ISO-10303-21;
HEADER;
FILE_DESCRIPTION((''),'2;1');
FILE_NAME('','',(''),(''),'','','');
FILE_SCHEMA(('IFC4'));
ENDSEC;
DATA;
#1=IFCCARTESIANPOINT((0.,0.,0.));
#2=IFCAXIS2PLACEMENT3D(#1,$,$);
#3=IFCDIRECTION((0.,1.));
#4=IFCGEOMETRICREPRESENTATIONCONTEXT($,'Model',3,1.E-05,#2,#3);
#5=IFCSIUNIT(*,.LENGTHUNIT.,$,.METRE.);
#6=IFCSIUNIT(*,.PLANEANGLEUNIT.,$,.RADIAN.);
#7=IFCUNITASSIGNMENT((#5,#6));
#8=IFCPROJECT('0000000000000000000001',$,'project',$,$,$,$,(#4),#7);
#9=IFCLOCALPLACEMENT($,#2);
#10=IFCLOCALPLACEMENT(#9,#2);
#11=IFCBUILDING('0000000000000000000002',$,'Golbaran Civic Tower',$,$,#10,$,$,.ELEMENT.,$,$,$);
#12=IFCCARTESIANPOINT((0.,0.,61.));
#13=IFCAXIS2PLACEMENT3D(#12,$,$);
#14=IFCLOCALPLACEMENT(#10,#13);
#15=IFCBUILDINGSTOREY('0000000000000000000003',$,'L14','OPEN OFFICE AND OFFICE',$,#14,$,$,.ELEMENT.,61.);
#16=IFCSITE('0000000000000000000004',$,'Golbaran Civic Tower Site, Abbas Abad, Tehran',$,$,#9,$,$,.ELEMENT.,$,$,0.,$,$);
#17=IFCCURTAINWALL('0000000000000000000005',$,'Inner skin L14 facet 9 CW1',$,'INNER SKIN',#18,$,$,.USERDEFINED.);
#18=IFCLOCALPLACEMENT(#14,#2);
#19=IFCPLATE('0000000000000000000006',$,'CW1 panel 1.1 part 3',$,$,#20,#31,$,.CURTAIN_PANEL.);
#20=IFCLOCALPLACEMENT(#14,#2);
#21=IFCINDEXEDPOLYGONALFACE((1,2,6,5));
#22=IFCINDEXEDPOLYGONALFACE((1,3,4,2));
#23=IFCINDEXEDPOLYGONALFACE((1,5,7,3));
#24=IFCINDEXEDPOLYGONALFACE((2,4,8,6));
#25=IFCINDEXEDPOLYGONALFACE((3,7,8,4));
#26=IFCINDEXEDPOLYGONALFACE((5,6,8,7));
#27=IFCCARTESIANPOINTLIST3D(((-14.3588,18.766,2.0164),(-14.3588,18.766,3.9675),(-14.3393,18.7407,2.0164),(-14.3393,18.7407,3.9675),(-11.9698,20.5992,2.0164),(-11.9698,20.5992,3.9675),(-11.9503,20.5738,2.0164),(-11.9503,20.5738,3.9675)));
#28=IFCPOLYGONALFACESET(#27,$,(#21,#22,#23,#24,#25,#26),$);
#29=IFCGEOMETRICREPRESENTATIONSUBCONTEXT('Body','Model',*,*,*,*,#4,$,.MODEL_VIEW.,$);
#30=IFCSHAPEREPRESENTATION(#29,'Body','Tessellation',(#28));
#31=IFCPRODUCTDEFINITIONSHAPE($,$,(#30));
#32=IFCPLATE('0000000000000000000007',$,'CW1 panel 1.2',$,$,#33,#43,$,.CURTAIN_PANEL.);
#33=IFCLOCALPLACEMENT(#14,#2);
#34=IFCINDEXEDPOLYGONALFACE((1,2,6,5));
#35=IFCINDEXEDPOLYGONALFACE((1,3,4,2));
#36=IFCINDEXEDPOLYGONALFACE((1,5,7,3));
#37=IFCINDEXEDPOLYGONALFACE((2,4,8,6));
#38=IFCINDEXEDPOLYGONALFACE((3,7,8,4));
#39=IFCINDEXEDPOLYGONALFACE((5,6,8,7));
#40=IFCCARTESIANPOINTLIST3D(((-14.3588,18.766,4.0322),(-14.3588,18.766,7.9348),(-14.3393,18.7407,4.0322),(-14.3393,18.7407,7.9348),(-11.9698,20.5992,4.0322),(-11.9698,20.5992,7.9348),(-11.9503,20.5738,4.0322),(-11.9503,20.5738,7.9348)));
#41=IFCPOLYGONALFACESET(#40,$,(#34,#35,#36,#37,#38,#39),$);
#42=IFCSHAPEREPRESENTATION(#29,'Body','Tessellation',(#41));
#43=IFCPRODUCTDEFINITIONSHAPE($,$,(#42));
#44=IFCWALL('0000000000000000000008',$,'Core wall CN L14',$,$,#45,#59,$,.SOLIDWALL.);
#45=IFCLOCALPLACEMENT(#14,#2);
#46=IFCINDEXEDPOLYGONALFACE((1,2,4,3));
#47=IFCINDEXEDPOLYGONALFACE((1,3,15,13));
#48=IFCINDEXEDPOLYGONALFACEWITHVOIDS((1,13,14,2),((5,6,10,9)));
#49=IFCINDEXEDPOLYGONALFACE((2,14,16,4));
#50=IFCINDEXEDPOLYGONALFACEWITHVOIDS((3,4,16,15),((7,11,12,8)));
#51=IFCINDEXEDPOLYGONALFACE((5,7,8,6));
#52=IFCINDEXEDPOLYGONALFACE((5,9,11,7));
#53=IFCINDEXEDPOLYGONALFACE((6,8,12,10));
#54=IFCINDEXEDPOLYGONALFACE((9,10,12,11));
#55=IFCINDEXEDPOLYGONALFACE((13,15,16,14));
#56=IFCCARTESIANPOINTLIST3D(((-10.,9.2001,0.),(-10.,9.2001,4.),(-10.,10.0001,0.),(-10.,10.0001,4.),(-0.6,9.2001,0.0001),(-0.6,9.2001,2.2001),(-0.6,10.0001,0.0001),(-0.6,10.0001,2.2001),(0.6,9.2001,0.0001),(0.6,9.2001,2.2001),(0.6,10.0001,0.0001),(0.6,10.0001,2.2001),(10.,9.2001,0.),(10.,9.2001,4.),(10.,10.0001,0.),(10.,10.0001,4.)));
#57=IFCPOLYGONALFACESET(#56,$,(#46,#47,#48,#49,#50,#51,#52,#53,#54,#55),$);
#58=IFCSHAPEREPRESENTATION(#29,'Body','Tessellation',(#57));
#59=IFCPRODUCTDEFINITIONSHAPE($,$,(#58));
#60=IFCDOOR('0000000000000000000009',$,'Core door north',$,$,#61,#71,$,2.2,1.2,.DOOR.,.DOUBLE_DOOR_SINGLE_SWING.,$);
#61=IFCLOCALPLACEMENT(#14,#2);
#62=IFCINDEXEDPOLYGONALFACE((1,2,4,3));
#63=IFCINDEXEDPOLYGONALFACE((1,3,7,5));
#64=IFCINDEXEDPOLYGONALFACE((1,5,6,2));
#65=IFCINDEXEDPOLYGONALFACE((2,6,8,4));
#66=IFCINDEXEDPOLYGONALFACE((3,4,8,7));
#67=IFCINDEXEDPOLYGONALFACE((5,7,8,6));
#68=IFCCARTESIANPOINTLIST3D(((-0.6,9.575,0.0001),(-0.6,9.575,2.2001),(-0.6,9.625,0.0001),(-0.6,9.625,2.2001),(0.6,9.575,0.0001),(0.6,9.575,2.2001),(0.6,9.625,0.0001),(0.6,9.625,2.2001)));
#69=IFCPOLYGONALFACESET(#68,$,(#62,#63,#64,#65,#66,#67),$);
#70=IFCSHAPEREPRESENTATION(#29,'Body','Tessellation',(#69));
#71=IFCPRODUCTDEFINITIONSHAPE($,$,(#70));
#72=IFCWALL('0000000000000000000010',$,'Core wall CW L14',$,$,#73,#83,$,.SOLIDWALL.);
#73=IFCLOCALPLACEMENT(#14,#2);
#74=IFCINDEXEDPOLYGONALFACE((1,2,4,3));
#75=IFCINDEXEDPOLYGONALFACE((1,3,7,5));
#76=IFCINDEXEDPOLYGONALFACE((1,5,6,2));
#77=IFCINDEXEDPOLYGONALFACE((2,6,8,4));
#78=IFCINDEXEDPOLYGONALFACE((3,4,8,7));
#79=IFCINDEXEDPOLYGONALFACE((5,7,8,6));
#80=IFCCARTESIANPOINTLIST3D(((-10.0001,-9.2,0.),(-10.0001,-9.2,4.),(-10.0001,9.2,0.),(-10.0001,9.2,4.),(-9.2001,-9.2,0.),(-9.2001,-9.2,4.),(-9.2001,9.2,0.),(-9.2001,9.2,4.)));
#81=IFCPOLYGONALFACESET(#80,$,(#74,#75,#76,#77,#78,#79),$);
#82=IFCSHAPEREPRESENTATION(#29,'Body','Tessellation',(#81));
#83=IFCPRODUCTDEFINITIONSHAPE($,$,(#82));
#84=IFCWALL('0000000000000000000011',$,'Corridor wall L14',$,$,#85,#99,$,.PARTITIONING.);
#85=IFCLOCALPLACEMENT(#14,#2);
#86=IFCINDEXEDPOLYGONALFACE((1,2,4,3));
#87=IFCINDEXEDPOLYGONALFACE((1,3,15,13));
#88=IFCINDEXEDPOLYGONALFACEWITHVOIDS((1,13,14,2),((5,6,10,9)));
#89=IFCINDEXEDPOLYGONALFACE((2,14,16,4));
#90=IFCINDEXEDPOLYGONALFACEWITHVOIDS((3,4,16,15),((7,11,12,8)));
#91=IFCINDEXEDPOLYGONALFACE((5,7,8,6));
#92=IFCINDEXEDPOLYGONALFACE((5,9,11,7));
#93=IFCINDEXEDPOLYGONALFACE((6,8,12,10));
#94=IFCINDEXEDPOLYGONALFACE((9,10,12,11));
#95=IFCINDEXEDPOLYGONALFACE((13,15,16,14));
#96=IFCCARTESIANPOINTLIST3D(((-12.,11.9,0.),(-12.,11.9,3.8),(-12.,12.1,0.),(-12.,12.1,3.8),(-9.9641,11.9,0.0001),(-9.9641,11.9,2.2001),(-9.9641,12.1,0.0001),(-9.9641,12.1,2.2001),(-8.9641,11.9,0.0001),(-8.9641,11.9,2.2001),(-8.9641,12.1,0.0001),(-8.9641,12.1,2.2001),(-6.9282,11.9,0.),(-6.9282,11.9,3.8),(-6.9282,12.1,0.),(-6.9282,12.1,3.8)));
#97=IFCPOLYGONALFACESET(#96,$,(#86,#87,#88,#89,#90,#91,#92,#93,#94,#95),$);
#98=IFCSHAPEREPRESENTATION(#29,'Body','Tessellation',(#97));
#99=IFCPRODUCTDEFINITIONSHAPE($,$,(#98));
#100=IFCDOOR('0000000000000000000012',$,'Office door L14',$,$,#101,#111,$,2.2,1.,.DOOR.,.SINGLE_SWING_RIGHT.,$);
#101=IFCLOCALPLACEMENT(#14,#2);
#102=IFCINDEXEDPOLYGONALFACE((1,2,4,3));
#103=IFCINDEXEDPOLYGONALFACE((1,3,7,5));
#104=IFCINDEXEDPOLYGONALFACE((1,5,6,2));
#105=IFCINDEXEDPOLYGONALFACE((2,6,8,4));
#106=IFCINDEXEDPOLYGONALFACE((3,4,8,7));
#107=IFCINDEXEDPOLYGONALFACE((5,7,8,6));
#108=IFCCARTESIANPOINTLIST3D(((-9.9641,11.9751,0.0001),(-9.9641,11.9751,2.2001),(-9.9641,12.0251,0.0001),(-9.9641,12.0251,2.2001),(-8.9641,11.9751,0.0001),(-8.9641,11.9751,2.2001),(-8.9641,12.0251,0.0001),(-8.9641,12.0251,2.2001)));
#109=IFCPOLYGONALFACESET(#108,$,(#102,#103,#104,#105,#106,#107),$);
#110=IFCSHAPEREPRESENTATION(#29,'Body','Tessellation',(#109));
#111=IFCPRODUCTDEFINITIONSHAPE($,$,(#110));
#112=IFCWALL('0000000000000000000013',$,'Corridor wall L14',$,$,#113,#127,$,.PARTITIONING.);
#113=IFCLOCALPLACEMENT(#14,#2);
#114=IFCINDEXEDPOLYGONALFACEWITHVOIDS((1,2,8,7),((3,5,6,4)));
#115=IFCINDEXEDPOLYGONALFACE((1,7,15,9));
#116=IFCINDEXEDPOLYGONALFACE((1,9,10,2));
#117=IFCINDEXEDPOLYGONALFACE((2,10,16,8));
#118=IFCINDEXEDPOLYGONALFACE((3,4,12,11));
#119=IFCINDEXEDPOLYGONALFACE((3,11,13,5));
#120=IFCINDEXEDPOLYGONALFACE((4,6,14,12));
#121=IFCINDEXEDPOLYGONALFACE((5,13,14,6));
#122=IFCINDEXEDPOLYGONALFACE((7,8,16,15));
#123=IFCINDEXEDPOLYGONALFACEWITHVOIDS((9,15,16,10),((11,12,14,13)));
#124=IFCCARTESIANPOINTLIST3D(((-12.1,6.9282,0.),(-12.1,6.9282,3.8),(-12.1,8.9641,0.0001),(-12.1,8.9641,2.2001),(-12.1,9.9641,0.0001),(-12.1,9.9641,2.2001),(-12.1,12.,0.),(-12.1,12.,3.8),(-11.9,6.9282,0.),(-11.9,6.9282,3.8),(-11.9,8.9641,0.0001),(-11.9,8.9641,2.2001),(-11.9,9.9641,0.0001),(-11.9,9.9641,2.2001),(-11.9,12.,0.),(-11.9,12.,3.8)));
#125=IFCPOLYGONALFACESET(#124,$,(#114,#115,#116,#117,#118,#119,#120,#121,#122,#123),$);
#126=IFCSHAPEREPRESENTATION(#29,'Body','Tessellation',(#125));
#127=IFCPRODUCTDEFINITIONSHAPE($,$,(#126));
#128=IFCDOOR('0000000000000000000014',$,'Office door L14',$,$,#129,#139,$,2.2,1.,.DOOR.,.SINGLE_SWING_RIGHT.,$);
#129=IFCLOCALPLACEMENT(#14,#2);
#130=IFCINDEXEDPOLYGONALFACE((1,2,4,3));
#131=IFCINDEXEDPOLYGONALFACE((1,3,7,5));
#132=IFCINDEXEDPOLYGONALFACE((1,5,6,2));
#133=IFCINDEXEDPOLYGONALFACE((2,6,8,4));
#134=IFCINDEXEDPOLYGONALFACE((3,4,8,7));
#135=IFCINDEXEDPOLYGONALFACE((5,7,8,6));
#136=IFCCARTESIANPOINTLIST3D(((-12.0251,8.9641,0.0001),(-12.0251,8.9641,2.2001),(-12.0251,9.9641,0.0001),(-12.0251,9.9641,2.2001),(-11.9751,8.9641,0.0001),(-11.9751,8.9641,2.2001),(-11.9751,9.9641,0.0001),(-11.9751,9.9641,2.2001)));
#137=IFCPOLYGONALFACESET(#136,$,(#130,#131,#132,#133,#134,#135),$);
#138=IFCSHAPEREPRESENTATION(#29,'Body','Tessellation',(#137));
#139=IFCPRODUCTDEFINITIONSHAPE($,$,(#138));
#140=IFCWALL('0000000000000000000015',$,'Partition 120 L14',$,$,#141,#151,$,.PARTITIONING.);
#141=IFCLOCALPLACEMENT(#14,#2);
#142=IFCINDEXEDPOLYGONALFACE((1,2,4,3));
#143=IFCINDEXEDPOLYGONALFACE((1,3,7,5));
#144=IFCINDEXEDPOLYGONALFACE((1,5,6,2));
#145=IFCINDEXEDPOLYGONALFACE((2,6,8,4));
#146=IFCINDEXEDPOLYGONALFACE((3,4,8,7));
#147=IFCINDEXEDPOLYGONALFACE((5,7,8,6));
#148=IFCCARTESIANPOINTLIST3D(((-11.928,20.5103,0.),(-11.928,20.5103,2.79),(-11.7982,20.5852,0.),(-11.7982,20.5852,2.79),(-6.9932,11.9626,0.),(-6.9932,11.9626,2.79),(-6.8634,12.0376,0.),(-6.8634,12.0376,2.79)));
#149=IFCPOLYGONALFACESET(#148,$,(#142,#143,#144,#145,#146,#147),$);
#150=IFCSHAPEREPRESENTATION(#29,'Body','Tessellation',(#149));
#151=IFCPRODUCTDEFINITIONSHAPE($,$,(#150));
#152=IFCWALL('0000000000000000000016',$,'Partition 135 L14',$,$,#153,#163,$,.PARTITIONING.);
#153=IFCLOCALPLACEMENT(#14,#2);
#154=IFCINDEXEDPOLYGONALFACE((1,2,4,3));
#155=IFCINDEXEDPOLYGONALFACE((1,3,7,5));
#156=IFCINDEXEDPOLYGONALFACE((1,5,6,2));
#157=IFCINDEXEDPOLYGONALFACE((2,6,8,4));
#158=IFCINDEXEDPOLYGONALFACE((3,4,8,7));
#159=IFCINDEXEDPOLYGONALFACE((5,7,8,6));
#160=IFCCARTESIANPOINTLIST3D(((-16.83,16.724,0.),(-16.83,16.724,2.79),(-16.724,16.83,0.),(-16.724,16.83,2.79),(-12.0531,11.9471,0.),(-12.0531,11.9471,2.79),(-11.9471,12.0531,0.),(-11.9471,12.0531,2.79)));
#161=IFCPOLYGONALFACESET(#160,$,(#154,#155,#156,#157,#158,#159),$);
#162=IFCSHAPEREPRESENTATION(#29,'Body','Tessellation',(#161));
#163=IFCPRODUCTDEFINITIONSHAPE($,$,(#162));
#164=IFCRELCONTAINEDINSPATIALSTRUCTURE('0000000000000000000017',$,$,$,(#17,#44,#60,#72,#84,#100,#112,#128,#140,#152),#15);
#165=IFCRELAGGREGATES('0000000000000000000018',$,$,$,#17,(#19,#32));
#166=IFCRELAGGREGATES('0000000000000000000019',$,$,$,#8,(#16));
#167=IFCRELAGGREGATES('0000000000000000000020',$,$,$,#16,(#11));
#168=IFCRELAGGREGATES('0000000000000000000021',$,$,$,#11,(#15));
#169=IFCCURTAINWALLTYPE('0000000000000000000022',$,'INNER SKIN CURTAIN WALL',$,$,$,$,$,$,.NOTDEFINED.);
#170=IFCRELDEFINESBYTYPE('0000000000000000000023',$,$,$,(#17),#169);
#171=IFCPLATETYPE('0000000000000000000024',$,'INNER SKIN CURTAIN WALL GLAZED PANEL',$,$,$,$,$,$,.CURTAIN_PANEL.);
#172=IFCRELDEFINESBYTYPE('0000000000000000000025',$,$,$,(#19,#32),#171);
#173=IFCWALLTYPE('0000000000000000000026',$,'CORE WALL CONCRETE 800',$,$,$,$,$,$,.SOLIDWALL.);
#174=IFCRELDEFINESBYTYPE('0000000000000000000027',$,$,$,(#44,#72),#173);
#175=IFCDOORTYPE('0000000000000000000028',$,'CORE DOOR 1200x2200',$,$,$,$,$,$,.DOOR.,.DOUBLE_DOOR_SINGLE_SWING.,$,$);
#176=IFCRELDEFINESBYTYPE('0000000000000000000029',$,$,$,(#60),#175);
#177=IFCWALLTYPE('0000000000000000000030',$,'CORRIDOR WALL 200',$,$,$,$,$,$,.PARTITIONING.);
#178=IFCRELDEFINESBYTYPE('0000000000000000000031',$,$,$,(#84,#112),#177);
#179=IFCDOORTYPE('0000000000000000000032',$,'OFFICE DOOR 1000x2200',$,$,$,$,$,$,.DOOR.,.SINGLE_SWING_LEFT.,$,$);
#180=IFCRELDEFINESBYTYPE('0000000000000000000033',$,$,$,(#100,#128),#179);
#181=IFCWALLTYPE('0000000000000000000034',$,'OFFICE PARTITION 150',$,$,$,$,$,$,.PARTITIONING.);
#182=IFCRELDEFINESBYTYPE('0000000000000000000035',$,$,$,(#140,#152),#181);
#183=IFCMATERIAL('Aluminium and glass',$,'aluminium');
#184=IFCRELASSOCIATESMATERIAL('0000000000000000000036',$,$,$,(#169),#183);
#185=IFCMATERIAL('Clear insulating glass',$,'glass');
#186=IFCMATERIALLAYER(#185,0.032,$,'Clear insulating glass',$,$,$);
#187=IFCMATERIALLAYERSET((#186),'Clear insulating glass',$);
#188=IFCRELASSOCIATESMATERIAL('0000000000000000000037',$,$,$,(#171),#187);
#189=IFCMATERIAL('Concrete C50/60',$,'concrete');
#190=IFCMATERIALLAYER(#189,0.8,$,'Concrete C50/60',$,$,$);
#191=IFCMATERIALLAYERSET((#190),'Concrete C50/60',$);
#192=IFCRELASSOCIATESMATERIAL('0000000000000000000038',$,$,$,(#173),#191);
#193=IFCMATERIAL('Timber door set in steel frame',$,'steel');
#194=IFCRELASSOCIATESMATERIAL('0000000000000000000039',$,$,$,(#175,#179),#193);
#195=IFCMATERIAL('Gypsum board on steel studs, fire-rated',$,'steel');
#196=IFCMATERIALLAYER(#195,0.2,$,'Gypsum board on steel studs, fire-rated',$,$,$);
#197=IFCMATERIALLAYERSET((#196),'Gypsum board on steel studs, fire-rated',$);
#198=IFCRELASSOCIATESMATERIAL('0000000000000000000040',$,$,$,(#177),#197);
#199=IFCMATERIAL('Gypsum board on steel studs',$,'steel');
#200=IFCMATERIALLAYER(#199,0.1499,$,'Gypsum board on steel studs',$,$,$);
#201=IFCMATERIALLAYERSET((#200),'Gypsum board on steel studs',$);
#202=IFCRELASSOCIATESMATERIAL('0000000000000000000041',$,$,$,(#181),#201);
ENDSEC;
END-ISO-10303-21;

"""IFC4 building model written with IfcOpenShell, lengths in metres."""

from ifc_helpers import new_model, si_unit, direction, frame, frame_2d, origin, origin_2d, place, context, subcontext, project, spatial, rectangle, extrude, material, layer, layer_set, type_object, element, fill, aggregate, save


model = new_model("IFC4")

# Units and contexts
model_context = context("Model", 3, precision=1e-05, world=origin(), true_north=direction((0.0, 1.0)))
body_context = subcontext(model_context, "Body", "Model", "MODEL_VIEW")
ifc_project = project(units=[si_unit("LENGTHUNIT", "METRE"), si_unit("PLANEANGLEUNIT", "RADIAN")], contexts=[model_context])

# Site, building, storey
site_placement = place(None, origin())
site = spatial("IfcSite", under=ifc_project, at=site_placement, Name="Golbaran Civic Tower Site, Abbas Abad, Tehran", CompositionType="ELEMENT", RefElevation=0.0)
building_placement = place(site_placement, origin())
building = spatial("IfcBuilding", under=site, at=building_placement, Name="Golbaran Civic Tower", CompositionType="ELEMENT")
storey_placement = place(building_placement, frame((0.0, 0.0, 61.0)))
storey = spatial("IfcBuildingStorey", under=building, at=storey_placement, Name="L14", Description="OPEN OFFICE AND OFFICE", CompositionType="ELEMENT", Elevation=61.0)

# Shared definitions
ifc_material_1 = material(Name="Aluminium and glass", Category="aluminium")
curtain_wall_type = type_object("IfcCurtainWallType", Name="INNER SKIN CURTAIN WALL", PredefinedType="NOTDEFINED", material=ifc_material_1)

# Curtain wall
curtain_wall_1_placement = place(storey_placement, origin())
curtain_wall_1 = element("IfcCurtainWall", 1, at=curtain_wall_1_placement, inside=storey, type_object=curtain_wall_type, Name="Inner skin L14 facet 9 CW1", ObjectType="INNER SKIN", PredefinedType="USERDEFINED")

# Plates
ifc_material_2 = material(Name="Clear insulating glass", Category="glass")
ifc_layer_1 = layer(ifc_material_2, 0.032, Name="Clear insulating glass")
ifc_layer_set_1 = layer_set([ifc_layer_1], Name="Clear insulating glass")
plate_type = type_object("IfcPlateType", Name="INNER SKIN CURTAIN WALL GLAZED PANEL", PredefinedType="CURTAIN_PANEL", material=ifc_layer_set_1)
plate_1_placement = place(storey_placement, frame((-13.1545, 19.6699, 2.0164), z_axis=(0.0, 0.0, 1.0), x_axis=(-0.793353, -0.608761, 0.0)))
plate_1 = element("IfcPlate", 2, at=plate_1_placement, type_object=plate_type, Name="CW1 panel 1.1 part 3", PredefinedType="CURTAIN_PANEL", context=body_context, shape_type="SweptSolid", body=[
    extrude(rectangle(XDim=3.0112, YDim=0.032, at=origin_2d()), origin(), (0.0, 0.0, 1.0), 1.9512),
])
plate_2_placement = place(storey_placement, frame((-13.1545, 19.6699, 4.0322), z_axis=(0.0, 0.0, 1.0), x_axis=(-0.793353, -0.608761, 0.0)))
plate_2 = element("IfcPlate", 3, at=plate_2_placement, type_object=plate_type, Name="CW1 panel 1.2", PredefinedType="CURTAIN_PANEL", context=body_context, shape_type="SweptSolid", body=[
    extrude(rectangle(XDim=3.0112, YDim=0.032, at=origin_2d()), origin(), (0.0, 0.0, 1.0), 3.9026),
])
aggregate(curtain_wall_1, [plate_1, plate_2])

# Wall, opening, door
ifc_material_3 = material(Name="Concrete C50/60", Category="concrete")
ifc_layer_2 = layer(ifc_material_3, 0.8, Name="Concrete C50/60")
ifc_layer_set_2 = layer_set([ifc_layer_2], Name="Concrete C50/60")
wall_type_1 = type_object("IfcWallType", Name="CORE WALL CONCRETE 800", PredefinedType="SOLIDWALL", material=ifc_layer_set_2)
wall_1_placement = place(storey_placement, frame((-10.0, 9.6001, 0.0), z_axis=(0.0, 0.0, 1.0), x_axis=(1.0, 0.0, 0.0)))
wall_1 = element("IfcWall", 4, at=wall_1_placement, inside=storey, type_object=wall_type_1, Name="Core wall CN L14", PredefinedType="SOLIDWALL", context=body_context, shape_type="SweptSolid", body=[
    extrude(rectangle(XDim=20.0, YDim=0.8, at=frame_2d((10.0, 0.0))), origin(), (0.0, 0.0, 1.0), 4.0),
])
opening_1_placement = place(wall_1_placement, frame((9.3999, 0.0, 0.0)))
opening_1 = element("IfcOpeningElement", 5, at=opening_1_placement, cuts=wall_1, PredefinedType="OPENING", context=body_context, shape_type="SweptSolid", body=[
    extrude(rectangle(XDim=1.2, YDim=2.2, at=frame_2d((0.6001, 1.1001))), frame((0.0, 0.4099, 0.0), z_axis=(0.0, -1.0, 0.0), x_axis=(1.0, 0.0, 0.0)), (0.0, 0.0, 1.0), 0.8201),
])
ifc_material_4 = material(Name="Timber door set in steel frame", Category="steel")
door_type_1 = type_object("IfcDoorType", Name="CORE DOOR 1200x2200", OperationType="DOUBLE_DOOR_SINGLE_SWING", PredefinedType="DOOR", material=ifc_material_4)
door_1_placement = place(opening_1_placement, origin())
door_1 = element("IfcDoor", 6, at=door_1_placement, inside=storey, type_object=door_type_1, Name="Core door north", OperationType="DOUBLE_DOOR_SINGLE_SWING", OverallHeight=2.2, OverallWidth=1.2, PredefinedType="DOOR", context=body_context, shape_type="SweptSolid", body=[
    extrude(rectangle(XDim=1.2, YDim=2.2, at=frame_2d((0.6001, 1.1001))), frame((0.0, 0.0249, 0.0), z_axis=(0.0, -1.0, 0.0), x_axis=(1.0, 0.0, 0.0)), (0.0, 0.0, 1.0), 0.05),
])
fill(opening_1, door_1)

# Wall
wall_2_placement = place(storey_placement, frame((-9.6001, 9.2, 0.0), z_axis=(0.0, 0.0, 1.0), x_axis=(0.0, -1.0, 0.0)))
element("IfcWall", 7, at=wall_2_placement, inside=storey, type_object=wall_type_1, Name="Core wall CW L14", PredefinedType="SOLIDWALL", context=body_context, shape_type="SweptSolid", body=[
    extrude(rectangle(XDim=18.3999, YDim=0.8, at=frame_2d((9.2, 0.0))), origin(), (0.0, 0.0, 1.0), 4.0),
])

# Walls, openings, doors
ifc_material_5 = material(Name="Gypsum board on steel studs, fire-rated", Category="steel")
ifc_layer_3 = layer(ifc_material_5, 0.2, Name="Gypsum board on steel studs, fire-rated")
ifc_layer_set_3 = layer_set([ifc_layer_3], Name="Gypsum board on steel studs, fire-rated")
wall_type_2 = type_object("IfcWallType", Name="CORRIDOR WALL 200", PredefinedType="PARTITIONING", material=ifc_layer_set_3)
wall_3_placement = place(storey_placement, frame((-6.9282, 12.0, 0.0), z_axis=(0.0, 0.0, 1.0), x_axis=(-1.0, 0.0, 0.0)))
wall_3 = element("IfcWall", 8, at=wall_3_placement, inside=storey, type_object=wall_type_2, Name="Corridor wall L14", PredefinedType="PARTITIONING", context=body_context, shape_type="SweptSolid", body=[
    extrude(rectangle(XDim=5.0718, YDim=0.2, at=frame_2d((2.5359, 0.0))), origin(), (0.0, 0.0, 1.0), 3.8),
])
opening_2_placement = place(wall_3_placement, frame((2.0359, 0.0, 0.0)))
opening_2 = element("IfcOpeningElement", 9, at=opening_2_placement, cuts=wall_3, PredefinedType="OPENING", context=body_context, shape_type="SweptSolid", body=[
    extrude(rectangle(XDim=1.0, YDim=2.2, at=frame_2d((0.5, 1.1001))), frame((0.0, 0.1099, 0.0), z_axis=(0.0, -1.0, 0.0), x_axis=(1.0, 0.0, 0.0)), (0.0, 0.0, 1.0), 0.22),
])
door_type_2 = type_object("IfcDoorType", Name="OFFICE DOOR 1000x2200", OperationType="SINGLE_SWING_LEFT", PredefinedType="DOOR", material=ifc_material_4)
door_2_placement = place(opening_2_placement, origin())
door_2 = element("IfcDoor", 10, at=door_2_placement, inside=storey, type_object=door_type_2, Name="Office door L14", OperationType="SINGLE_SWING_RIGHT", OverallHeight=2.2, OverallWidth=1.0, PredefinedType="DOOR", context=body_context, shape_type="SweptSolid", body=[
    extrude(rectangle(XDim=1.0, YDim=2.2, at=frame_2d((0.5, 1.1001))), frame((0.0, 0.0249, 0.0), z_axis=(0.0, -1.0, 0.0), x_axis=(1.0, 0.0, 0.0)), (0.0, 0.0, 1.0), 0.05),
])
fill(opening_2, door_2)
wall_4_placement = place(storey_placement, frame((-12.0, 12.0, 0.0), z_axis=(0.0, 0.0, 1.0), x_axis=(0.0, -1.0, 0.0)))
wall_4 = element("IfcWall", 11, at=wall_4_placement, inside=storey, type_object=wall_type_2, Name="Corridor wall L14", PredefinedType="PARTITIONING", context=body_context, shape_type="SweptSolid", body=[
    extrude(rectangle(XDim=5.0718, YDim=0.2, at=frame_2d((2.5359, 0.0))), origin(), (0.0, 0.0, 1.0), 3.8),
])
opening_3_placement = place(wall_4_placement, frame((2.0359, 0.0, 0.0)))
opening_3 = element("IfcOpeningElement", 12, at=opening_3_placement, cuts=wall_4, PredefinedType="OPENING", context=body_context, shape_type="SweptSolid", body=[
    extrude(rectangle(XDim=1.0, YDim=2.2, at=frame_2d((0.5, 1.1001))), frame((0.0, 0.1099, 0.0), z_axis=(0.0, -1.0, 0.0), x_axis=(1.0, 0.0, 0.0)), (0.0, 0.0, 1.0), 0.22),
])
door_3_placement = place(opening_3_placement, origin())
door_3 = element("IfcDoor", 13, at=door_3_placement, inside=storey, type_object=door_type_2, Name="Office door L14", OperationType="SINGLE_SWING_RIGHT", OverallHeight=2.2, OverallWidth=1.0, PredefinedType="DOOR", context=body_context, shape_type="SweptSolid", body=[
    extrude(rectangle(XDim=1.0, YDim=2.2, at=frame_2d((0.5, 1.1001))), frame((0.0, 0.0249, 0.0), z_axis=(0.0, -1.0, 0.0), x_axis=(1.0, 0.0, 0.0)), (0.0, 0.0, 1.0), 0.05),
])
fill(opening_3, door_3)

# Walls
ifc_material_6 = material(Name="Gypsum board on steel studs", Category="steel")
ifc_layer_4 = layer(ifc_material_6, 0.1499, Name="Gypsum board on steel studs")
ifc_layer_set_4 = layer_set([ifc_layer_4], Name="Gypsum board on steel studs")
wall_type_3 = type_object("IfcWallType", Name="OFFICE PARTITION 150", PredefinedType="PARTITIONING", material=ifc_layer_set_4)
wall_5_placement = place(storey_placement, frame((-6.9282, 12.0, 0.0), z_axis=(0.0, 0.0, 1.0), x_axis=(-0.499989, 0.866032, 0.0)))
element("IfcWall", 14, at=wall_5_placement, inside=storey, type_object=wall_type_3, Name="Partition 120 L14", PredefinedType="PARTITIONING", context=body_context, shape_type="SweptSolid", body=[
    extrude(rectangle(XDim=9.8699, YDim=0.1499, at=frame_2d((4.9351, 0.0))), origin(), (0.0, 0.0, 1.0), 2.79),
])
wall_6_placement = place(storey_placement, frame((-12.0, 12.0, 0.0), z_axis=(0.0, 0.0, 1.0), x_axis=(-0.707107, 0.707107, 0.0)))
element("IfcWall", 15, at=wall_6_placement, inside=storey, type_object=wall_type_3, Name="Partition 135 L14", PredefinedType="PARTITIONING", context=body_context, shape_type="SweptSolid", body=[
    extrude(rectangle(XDim=6.7556, YDim=0.1499, at=frame_2d((3.3779, 0.0))), origin(), (0.0, 0.0, 1.0), 2.79),
])

save(model, "model.ifc")
